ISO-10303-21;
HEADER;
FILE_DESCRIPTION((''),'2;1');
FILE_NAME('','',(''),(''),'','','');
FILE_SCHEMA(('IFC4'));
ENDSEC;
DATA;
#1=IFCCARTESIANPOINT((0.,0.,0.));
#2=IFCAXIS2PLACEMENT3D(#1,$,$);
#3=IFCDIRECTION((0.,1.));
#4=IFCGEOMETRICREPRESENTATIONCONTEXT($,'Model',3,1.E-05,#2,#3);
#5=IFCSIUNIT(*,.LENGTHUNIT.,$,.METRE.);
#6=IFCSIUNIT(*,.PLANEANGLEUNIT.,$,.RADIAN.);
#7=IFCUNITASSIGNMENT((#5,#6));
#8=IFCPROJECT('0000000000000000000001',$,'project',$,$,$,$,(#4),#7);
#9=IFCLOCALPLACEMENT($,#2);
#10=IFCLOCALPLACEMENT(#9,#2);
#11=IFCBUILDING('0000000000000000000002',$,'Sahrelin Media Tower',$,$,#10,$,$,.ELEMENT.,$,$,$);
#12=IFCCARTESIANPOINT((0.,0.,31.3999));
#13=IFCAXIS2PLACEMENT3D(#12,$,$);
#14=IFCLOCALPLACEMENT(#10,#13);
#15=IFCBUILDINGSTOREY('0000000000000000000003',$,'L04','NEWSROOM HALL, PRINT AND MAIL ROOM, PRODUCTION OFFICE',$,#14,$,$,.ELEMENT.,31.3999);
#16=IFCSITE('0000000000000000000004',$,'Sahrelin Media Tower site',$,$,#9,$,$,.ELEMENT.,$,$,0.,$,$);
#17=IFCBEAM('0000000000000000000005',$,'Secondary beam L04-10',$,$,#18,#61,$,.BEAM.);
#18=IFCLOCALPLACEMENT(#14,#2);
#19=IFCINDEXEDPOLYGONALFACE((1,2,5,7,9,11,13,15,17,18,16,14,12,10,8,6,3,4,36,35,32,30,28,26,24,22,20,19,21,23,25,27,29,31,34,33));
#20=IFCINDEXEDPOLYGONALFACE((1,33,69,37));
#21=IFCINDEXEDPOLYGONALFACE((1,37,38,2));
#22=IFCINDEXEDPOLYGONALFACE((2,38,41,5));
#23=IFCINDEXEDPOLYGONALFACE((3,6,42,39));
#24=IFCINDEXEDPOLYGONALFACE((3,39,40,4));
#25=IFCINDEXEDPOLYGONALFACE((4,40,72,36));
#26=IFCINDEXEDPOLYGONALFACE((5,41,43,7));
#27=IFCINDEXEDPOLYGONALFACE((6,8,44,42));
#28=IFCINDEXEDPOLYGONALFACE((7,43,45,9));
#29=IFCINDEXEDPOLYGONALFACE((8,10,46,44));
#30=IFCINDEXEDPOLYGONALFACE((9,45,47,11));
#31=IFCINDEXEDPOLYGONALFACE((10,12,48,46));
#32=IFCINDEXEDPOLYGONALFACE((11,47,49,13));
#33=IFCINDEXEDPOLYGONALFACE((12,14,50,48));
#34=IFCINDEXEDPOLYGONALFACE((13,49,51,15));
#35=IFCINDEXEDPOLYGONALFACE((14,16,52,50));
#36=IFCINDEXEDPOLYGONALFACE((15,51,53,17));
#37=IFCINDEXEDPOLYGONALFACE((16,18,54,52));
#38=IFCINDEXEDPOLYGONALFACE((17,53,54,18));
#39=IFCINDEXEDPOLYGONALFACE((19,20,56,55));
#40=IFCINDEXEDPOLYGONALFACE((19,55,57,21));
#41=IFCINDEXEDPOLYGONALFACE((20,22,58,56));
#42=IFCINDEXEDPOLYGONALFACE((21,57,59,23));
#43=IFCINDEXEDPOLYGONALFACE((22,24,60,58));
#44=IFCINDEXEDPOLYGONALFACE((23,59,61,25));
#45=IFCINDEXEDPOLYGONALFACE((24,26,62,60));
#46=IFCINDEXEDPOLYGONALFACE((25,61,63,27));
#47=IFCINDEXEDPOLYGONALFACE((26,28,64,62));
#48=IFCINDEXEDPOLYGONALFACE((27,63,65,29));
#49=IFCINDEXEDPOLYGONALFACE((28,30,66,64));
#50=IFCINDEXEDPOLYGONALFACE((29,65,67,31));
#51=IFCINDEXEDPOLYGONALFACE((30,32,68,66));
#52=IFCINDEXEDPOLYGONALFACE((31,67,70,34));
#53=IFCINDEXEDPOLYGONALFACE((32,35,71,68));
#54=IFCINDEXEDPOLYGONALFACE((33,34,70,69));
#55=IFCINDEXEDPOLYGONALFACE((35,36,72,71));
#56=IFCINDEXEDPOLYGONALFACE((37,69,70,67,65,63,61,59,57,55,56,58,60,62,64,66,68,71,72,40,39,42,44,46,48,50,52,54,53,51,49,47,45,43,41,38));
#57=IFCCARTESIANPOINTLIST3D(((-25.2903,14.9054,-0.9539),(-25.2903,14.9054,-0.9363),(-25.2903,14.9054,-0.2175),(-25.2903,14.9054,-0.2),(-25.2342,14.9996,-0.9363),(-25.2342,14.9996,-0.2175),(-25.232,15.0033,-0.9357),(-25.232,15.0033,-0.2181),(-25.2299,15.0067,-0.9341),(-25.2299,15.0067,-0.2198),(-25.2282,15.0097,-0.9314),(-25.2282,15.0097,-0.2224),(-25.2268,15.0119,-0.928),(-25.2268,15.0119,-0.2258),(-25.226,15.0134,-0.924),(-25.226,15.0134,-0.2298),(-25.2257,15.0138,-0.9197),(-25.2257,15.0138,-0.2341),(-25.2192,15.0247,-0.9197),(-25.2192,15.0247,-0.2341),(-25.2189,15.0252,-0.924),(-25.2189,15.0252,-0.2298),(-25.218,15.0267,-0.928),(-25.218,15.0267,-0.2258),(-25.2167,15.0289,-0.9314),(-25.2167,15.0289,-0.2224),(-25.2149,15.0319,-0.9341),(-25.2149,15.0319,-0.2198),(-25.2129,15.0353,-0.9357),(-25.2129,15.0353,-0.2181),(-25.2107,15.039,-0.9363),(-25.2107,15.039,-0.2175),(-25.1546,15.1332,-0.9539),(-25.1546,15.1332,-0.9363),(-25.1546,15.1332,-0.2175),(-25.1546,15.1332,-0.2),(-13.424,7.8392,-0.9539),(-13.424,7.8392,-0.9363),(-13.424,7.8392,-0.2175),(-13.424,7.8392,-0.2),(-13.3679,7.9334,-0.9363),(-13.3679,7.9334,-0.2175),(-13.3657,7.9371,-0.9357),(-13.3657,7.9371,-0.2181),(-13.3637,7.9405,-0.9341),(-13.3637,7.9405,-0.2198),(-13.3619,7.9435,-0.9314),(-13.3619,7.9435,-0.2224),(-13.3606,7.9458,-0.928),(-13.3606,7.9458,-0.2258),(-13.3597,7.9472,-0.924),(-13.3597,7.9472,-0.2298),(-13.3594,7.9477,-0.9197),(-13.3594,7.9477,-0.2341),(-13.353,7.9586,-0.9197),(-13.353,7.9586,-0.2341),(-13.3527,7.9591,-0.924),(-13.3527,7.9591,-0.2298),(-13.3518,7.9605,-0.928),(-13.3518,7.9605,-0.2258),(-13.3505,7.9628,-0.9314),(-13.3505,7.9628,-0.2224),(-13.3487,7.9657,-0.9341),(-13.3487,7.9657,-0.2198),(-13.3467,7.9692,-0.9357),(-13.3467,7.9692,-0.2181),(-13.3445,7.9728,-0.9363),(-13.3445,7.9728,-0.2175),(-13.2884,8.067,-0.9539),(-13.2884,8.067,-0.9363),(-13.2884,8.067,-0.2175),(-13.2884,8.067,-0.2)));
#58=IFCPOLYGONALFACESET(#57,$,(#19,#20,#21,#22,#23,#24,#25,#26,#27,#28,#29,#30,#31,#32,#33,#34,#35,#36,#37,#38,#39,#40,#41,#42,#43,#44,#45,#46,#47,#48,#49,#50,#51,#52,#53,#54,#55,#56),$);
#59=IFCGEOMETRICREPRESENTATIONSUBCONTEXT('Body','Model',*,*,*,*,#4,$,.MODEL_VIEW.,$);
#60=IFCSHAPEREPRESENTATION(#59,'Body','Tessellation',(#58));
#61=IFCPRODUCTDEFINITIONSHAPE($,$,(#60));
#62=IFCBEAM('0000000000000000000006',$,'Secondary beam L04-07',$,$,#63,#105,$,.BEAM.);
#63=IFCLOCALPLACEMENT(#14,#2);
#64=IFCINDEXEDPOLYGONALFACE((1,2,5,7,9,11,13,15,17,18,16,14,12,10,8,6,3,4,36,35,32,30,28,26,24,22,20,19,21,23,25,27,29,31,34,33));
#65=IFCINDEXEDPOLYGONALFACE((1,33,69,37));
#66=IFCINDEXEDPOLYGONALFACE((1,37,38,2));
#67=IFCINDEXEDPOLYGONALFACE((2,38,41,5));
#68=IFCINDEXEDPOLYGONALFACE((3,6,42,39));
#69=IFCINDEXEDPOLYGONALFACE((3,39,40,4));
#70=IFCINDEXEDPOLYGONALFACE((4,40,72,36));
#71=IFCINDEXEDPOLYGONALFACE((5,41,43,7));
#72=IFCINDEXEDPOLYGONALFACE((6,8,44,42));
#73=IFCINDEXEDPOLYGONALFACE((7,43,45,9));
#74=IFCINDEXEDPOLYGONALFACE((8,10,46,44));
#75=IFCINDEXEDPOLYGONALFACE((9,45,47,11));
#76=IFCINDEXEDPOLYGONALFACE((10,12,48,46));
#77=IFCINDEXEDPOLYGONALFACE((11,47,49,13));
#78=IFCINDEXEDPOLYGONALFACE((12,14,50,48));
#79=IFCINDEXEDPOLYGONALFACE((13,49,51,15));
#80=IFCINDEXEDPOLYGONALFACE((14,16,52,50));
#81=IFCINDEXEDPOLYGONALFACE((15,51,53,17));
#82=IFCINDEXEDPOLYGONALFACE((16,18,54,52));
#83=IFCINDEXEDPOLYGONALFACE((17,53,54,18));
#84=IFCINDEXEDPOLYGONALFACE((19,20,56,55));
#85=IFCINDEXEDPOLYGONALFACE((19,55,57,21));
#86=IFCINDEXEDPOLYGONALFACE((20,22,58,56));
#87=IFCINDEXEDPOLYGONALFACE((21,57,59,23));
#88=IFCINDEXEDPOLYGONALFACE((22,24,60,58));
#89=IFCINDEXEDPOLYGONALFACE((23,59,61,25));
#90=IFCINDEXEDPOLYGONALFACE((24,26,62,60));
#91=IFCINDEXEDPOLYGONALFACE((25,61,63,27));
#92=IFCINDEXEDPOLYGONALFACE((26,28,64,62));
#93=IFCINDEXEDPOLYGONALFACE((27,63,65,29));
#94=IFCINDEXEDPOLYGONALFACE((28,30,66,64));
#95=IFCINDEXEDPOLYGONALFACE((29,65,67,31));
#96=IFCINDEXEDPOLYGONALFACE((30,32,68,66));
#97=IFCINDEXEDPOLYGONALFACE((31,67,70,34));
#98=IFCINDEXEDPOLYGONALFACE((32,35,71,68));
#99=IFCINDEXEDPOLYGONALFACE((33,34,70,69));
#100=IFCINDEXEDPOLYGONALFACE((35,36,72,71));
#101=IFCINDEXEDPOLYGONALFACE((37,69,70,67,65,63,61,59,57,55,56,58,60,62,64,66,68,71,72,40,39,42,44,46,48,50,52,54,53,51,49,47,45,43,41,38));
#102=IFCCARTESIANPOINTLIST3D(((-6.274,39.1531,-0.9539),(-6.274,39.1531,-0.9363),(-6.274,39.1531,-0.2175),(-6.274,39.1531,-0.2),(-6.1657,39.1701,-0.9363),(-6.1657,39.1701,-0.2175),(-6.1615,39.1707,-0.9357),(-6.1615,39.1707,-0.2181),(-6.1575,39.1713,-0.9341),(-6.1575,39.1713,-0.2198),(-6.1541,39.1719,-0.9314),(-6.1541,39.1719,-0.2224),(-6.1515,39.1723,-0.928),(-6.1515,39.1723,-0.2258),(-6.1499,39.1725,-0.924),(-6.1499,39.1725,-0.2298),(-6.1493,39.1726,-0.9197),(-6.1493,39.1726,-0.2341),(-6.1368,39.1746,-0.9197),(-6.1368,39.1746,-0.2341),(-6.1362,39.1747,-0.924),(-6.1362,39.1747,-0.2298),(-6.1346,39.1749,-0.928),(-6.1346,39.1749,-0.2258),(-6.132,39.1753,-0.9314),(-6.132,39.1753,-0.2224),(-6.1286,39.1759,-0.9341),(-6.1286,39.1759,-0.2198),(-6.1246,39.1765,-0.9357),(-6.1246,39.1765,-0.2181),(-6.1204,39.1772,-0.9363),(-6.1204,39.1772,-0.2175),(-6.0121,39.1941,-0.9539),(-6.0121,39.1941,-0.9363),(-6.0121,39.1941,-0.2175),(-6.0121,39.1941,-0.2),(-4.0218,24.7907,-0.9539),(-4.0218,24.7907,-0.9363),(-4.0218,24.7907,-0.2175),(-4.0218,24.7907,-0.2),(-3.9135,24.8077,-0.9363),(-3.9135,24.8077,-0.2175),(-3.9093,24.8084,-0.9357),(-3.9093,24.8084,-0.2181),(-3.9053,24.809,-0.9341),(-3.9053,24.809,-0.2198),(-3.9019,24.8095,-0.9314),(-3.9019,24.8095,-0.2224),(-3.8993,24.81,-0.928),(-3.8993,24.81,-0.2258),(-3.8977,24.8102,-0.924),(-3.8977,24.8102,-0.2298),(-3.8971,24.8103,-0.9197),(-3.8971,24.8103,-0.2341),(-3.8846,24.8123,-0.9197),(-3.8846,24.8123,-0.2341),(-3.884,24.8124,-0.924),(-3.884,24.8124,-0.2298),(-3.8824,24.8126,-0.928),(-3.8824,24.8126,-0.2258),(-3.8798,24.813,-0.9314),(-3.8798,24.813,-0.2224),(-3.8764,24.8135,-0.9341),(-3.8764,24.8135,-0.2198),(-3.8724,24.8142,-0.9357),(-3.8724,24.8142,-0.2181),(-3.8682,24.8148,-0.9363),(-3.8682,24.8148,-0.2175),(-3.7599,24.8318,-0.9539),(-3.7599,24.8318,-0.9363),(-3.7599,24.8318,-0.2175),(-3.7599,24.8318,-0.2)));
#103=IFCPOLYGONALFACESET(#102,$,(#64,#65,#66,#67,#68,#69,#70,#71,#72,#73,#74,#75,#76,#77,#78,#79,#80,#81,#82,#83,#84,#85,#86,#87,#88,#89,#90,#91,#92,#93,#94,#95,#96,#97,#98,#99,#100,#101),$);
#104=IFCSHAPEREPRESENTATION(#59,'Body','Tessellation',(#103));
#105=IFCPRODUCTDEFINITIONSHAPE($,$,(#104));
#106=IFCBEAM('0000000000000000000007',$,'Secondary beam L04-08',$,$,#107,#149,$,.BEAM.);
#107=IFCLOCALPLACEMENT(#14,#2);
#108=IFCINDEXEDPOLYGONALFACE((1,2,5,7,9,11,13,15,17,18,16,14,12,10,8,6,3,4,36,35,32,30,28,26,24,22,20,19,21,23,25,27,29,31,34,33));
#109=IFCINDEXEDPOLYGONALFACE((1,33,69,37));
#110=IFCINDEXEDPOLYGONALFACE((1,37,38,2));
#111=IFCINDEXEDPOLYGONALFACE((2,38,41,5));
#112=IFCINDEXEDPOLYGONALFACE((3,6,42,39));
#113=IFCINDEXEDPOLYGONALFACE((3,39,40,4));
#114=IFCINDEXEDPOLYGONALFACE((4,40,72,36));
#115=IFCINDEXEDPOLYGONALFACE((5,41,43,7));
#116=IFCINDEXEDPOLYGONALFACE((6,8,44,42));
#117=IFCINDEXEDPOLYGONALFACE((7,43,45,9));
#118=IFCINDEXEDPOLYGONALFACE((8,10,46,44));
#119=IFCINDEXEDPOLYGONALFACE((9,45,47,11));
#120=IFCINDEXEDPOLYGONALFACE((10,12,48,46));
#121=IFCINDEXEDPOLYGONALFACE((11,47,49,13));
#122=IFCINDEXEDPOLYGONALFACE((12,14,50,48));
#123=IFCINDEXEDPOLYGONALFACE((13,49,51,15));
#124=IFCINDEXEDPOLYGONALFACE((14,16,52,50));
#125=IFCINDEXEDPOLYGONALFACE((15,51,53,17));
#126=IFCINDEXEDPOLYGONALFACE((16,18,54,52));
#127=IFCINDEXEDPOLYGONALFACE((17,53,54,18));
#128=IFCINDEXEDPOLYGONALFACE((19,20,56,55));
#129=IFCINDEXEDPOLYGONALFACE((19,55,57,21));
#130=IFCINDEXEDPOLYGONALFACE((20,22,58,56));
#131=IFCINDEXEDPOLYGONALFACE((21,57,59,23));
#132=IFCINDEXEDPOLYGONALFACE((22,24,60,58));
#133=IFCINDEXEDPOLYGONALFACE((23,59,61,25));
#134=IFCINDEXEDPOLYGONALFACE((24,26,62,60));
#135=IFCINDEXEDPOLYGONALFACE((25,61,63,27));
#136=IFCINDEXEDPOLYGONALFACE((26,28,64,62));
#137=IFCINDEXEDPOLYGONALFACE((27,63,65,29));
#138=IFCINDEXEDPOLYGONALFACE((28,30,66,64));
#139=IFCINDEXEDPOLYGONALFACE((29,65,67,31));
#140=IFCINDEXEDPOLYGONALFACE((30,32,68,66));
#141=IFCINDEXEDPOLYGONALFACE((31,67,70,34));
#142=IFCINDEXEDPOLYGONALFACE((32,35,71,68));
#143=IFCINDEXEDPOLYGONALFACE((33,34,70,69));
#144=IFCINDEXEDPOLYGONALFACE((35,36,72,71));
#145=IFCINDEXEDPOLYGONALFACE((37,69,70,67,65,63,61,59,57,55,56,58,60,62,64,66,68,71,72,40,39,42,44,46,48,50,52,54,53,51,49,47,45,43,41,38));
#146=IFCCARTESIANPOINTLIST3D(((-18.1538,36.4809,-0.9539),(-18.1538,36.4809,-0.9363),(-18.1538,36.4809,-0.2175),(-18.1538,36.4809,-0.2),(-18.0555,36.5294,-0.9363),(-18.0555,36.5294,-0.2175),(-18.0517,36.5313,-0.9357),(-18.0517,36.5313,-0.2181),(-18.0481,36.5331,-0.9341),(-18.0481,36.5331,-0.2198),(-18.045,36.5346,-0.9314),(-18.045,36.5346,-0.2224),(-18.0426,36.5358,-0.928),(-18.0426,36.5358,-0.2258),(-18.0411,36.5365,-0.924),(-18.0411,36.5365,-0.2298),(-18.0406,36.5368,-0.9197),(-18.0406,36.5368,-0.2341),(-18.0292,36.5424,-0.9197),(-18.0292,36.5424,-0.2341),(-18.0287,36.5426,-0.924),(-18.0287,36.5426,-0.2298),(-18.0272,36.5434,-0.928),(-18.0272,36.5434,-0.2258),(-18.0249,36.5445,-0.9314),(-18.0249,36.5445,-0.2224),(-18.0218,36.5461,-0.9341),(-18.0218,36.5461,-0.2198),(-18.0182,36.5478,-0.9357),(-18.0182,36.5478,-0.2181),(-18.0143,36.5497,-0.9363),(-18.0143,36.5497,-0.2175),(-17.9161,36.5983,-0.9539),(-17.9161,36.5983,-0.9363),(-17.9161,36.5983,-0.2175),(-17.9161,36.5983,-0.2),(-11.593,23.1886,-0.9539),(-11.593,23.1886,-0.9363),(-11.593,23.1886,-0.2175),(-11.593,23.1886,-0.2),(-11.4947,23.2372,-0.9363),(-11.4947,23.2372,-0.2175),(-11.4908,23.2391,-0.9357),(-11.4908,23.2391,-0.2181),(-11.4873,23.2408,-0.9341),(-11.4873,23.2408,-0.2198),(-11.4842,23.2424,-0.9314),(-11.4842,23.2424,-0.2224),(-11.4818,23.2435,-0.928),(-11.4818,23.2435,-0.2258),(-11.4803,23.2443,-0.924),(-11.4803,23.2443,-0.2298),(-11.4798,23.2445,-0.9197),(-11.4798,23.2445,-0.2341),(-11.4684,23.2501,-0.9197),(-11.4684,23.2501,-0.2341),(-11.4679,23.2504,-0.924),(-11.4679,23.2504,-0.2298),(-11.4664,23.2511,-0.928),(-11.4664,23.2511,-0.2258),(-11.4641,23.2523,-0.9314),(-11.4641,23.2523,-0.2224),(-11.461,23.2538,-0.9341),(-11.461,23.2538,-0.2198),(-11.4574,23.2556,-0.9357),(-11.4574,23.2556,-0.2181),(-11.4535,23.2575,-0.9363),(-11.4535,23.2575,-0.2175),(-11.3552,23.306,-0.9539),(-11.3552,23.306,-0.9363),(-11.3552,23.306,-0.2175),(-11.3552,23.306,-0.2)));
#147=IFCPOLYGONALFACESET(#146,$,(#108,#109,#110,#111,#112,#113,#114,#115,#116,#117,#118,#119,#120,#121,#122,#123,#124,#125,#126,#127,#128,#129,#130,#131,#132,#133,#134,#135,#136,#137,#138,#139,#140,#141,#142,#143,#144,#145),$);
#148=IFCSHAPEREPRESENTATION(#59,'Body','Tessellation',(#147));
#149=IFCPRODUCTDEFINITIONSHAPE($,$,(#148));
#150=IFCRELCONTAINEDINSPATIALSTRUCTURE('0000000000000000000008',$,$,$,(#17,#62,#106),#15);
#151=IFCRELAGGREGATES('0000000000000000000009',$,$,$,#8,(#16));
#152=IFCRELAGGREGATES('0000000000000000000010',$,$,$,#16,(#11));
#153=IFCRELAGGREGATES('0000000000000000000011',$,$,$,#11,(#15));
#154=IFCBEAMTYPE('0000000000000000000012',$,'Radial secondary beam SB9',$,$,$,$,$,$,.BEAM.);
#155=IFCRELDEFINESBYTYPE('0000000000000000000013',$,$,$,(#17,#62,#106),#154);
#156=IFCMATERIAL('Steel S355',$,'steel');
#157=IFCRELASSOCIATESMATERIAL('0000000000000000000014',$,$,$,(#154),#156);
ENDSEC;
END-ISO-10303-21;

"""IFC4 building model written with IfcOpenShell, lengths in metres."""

from ifc_helpers import new_model, si_unit, direction, frame, origin, origin_2d, place, context, subcontext, project, spatial, i_section, extrude, material, material_profile, profile_set, type_object, element, save


model = new_model("IFC4")

# Units and contexts
model_context = context("Model", 3, precision=1e-05, world=origin(), true_north=direction((0.0, 1.0)))
body_context = subcontext(model_context, "Body", "Model", "MODEL_VIEW")
ifc_project = project(units=[si_unit("LENGTHUNIT", "METRE"), si_unit("PLANEANGLEUNIT", "RADIAN")], contexts=[model_context])

# Site, building, storey
site_placement = place(None, origin())
site = spatial("IfcSite", under=ifc_project, at=site_placement, Name="Sahrelin Media Tower site", CompositionType="ELEMENT", RefElevation=0.0)
building_placement = place(site_placement, origin())
building = spatial("IfcBuilding", under=site, at=building_placement, Name="Sahrelin Media Tower", CompositionType="ELEMENT")
storey_placement = place(building_placement, frame((0.0, 0.0, 31.3999)))
storey = spatial("IfcBuildingStorey", under=building, at=storey_placement, Name="L04", Description="NEWSROOM HALL, PRINT AND MAIL ROOM, PRODUCTION OFFICE", CompositionType="ELEMENT", Elevation=31.3999)

# Beams
ifc_material_1 = material(Name="Steel S355", Category="steel")
ifc_material_profile_1 = material_profile(ifc_material_1, i_section(OverallWidth=0.2651, OverallDepth=0.7539, WebThickness=0.0127, FlangeThickness=0.0176, FilletRadius=0.0166, at=origin_2d()), Name="UB 762x267x147")
ifc_profile_set_1 = profile_set([ifc_material_profile_1], Name="Steel S355")
beam_type_1 = type_object("IfcBeamType", Name="Radial secondary beam SB9", PredefinedType="BEAM", material=ifc_profile_set_1)
beam_1_placement = place(storey_placement, frame((-13.3562, 7.9531, -0.5769), z_axis=(-0.859199, 0.511641, 0.0), x_axis=(-0.511641, -0.859199, 0.0)))
element("IfcBeam", 1, at=beam_1_placement, inside=storey, type_object=beam_type_1, Name="Secondary beam L04-10", PredefinedType="BEAM", context=body_context, shape_type="SweptSolid", body=[
    extrude(i_section(OverallWidth=0.2651, OverallDepth=0.7539, WebThickness=0.0127, FlangeThickness=0.0176, FilletRadius=0.0166, at=origin_2d()), origin(), (0.0, 0.0, 1.0), 13.8108),
])
beam_2_placement = place(storey_placement, frame((-3.8909, 24.8113, -0.5769), z_axis=(-0.15492, 0.987927, 0.0), x_axis=(-0.987927, -0.15492, 0.0)))
element("IfcBeam", 2, at=beam_2_placement, inside=storey, type_object=beam_type_1, Name="Secondary beam L04-07", PredefinedType="BEAM", context=body_context, shape_type="SweptSolid", body=[
    extrude(i_section(OverallWidth=0.2651, OverallDepth=0.7539, WebThickness=0.0127, FlangeThickness=0.0176, FilletRadius=0.0166, at=origin_2d()), origin(), (0.0, 0.0, 1.0), 14.5378),
])
beam_3_placement = place(storey_placement, frame((-11.4741, 23.2473, -0.5769), z_axis=(-0.442603, 0.896718, 0.0), x_axis=(-0.896718, -0.442603, 0.0)))
element("IfcBeam", 3, at=beam_3_placement, inside=storey, type_object=beam_type_1, Name="Secondary beam L04-08", PredefinedType="BEAM", context=body_context, shape_type="SweptSolid", body=[
    extrude(i_section(OverallWidth=0.2651, OverallDepth=0.7539, WebThickness=0.0127, FlangeThickness=0.0176, FilletRadius=0.0166, at=origin_2d()), origin(), (0.0, 0.0, 1.0), 14.8232),
])

save(model, "model.ifc")
